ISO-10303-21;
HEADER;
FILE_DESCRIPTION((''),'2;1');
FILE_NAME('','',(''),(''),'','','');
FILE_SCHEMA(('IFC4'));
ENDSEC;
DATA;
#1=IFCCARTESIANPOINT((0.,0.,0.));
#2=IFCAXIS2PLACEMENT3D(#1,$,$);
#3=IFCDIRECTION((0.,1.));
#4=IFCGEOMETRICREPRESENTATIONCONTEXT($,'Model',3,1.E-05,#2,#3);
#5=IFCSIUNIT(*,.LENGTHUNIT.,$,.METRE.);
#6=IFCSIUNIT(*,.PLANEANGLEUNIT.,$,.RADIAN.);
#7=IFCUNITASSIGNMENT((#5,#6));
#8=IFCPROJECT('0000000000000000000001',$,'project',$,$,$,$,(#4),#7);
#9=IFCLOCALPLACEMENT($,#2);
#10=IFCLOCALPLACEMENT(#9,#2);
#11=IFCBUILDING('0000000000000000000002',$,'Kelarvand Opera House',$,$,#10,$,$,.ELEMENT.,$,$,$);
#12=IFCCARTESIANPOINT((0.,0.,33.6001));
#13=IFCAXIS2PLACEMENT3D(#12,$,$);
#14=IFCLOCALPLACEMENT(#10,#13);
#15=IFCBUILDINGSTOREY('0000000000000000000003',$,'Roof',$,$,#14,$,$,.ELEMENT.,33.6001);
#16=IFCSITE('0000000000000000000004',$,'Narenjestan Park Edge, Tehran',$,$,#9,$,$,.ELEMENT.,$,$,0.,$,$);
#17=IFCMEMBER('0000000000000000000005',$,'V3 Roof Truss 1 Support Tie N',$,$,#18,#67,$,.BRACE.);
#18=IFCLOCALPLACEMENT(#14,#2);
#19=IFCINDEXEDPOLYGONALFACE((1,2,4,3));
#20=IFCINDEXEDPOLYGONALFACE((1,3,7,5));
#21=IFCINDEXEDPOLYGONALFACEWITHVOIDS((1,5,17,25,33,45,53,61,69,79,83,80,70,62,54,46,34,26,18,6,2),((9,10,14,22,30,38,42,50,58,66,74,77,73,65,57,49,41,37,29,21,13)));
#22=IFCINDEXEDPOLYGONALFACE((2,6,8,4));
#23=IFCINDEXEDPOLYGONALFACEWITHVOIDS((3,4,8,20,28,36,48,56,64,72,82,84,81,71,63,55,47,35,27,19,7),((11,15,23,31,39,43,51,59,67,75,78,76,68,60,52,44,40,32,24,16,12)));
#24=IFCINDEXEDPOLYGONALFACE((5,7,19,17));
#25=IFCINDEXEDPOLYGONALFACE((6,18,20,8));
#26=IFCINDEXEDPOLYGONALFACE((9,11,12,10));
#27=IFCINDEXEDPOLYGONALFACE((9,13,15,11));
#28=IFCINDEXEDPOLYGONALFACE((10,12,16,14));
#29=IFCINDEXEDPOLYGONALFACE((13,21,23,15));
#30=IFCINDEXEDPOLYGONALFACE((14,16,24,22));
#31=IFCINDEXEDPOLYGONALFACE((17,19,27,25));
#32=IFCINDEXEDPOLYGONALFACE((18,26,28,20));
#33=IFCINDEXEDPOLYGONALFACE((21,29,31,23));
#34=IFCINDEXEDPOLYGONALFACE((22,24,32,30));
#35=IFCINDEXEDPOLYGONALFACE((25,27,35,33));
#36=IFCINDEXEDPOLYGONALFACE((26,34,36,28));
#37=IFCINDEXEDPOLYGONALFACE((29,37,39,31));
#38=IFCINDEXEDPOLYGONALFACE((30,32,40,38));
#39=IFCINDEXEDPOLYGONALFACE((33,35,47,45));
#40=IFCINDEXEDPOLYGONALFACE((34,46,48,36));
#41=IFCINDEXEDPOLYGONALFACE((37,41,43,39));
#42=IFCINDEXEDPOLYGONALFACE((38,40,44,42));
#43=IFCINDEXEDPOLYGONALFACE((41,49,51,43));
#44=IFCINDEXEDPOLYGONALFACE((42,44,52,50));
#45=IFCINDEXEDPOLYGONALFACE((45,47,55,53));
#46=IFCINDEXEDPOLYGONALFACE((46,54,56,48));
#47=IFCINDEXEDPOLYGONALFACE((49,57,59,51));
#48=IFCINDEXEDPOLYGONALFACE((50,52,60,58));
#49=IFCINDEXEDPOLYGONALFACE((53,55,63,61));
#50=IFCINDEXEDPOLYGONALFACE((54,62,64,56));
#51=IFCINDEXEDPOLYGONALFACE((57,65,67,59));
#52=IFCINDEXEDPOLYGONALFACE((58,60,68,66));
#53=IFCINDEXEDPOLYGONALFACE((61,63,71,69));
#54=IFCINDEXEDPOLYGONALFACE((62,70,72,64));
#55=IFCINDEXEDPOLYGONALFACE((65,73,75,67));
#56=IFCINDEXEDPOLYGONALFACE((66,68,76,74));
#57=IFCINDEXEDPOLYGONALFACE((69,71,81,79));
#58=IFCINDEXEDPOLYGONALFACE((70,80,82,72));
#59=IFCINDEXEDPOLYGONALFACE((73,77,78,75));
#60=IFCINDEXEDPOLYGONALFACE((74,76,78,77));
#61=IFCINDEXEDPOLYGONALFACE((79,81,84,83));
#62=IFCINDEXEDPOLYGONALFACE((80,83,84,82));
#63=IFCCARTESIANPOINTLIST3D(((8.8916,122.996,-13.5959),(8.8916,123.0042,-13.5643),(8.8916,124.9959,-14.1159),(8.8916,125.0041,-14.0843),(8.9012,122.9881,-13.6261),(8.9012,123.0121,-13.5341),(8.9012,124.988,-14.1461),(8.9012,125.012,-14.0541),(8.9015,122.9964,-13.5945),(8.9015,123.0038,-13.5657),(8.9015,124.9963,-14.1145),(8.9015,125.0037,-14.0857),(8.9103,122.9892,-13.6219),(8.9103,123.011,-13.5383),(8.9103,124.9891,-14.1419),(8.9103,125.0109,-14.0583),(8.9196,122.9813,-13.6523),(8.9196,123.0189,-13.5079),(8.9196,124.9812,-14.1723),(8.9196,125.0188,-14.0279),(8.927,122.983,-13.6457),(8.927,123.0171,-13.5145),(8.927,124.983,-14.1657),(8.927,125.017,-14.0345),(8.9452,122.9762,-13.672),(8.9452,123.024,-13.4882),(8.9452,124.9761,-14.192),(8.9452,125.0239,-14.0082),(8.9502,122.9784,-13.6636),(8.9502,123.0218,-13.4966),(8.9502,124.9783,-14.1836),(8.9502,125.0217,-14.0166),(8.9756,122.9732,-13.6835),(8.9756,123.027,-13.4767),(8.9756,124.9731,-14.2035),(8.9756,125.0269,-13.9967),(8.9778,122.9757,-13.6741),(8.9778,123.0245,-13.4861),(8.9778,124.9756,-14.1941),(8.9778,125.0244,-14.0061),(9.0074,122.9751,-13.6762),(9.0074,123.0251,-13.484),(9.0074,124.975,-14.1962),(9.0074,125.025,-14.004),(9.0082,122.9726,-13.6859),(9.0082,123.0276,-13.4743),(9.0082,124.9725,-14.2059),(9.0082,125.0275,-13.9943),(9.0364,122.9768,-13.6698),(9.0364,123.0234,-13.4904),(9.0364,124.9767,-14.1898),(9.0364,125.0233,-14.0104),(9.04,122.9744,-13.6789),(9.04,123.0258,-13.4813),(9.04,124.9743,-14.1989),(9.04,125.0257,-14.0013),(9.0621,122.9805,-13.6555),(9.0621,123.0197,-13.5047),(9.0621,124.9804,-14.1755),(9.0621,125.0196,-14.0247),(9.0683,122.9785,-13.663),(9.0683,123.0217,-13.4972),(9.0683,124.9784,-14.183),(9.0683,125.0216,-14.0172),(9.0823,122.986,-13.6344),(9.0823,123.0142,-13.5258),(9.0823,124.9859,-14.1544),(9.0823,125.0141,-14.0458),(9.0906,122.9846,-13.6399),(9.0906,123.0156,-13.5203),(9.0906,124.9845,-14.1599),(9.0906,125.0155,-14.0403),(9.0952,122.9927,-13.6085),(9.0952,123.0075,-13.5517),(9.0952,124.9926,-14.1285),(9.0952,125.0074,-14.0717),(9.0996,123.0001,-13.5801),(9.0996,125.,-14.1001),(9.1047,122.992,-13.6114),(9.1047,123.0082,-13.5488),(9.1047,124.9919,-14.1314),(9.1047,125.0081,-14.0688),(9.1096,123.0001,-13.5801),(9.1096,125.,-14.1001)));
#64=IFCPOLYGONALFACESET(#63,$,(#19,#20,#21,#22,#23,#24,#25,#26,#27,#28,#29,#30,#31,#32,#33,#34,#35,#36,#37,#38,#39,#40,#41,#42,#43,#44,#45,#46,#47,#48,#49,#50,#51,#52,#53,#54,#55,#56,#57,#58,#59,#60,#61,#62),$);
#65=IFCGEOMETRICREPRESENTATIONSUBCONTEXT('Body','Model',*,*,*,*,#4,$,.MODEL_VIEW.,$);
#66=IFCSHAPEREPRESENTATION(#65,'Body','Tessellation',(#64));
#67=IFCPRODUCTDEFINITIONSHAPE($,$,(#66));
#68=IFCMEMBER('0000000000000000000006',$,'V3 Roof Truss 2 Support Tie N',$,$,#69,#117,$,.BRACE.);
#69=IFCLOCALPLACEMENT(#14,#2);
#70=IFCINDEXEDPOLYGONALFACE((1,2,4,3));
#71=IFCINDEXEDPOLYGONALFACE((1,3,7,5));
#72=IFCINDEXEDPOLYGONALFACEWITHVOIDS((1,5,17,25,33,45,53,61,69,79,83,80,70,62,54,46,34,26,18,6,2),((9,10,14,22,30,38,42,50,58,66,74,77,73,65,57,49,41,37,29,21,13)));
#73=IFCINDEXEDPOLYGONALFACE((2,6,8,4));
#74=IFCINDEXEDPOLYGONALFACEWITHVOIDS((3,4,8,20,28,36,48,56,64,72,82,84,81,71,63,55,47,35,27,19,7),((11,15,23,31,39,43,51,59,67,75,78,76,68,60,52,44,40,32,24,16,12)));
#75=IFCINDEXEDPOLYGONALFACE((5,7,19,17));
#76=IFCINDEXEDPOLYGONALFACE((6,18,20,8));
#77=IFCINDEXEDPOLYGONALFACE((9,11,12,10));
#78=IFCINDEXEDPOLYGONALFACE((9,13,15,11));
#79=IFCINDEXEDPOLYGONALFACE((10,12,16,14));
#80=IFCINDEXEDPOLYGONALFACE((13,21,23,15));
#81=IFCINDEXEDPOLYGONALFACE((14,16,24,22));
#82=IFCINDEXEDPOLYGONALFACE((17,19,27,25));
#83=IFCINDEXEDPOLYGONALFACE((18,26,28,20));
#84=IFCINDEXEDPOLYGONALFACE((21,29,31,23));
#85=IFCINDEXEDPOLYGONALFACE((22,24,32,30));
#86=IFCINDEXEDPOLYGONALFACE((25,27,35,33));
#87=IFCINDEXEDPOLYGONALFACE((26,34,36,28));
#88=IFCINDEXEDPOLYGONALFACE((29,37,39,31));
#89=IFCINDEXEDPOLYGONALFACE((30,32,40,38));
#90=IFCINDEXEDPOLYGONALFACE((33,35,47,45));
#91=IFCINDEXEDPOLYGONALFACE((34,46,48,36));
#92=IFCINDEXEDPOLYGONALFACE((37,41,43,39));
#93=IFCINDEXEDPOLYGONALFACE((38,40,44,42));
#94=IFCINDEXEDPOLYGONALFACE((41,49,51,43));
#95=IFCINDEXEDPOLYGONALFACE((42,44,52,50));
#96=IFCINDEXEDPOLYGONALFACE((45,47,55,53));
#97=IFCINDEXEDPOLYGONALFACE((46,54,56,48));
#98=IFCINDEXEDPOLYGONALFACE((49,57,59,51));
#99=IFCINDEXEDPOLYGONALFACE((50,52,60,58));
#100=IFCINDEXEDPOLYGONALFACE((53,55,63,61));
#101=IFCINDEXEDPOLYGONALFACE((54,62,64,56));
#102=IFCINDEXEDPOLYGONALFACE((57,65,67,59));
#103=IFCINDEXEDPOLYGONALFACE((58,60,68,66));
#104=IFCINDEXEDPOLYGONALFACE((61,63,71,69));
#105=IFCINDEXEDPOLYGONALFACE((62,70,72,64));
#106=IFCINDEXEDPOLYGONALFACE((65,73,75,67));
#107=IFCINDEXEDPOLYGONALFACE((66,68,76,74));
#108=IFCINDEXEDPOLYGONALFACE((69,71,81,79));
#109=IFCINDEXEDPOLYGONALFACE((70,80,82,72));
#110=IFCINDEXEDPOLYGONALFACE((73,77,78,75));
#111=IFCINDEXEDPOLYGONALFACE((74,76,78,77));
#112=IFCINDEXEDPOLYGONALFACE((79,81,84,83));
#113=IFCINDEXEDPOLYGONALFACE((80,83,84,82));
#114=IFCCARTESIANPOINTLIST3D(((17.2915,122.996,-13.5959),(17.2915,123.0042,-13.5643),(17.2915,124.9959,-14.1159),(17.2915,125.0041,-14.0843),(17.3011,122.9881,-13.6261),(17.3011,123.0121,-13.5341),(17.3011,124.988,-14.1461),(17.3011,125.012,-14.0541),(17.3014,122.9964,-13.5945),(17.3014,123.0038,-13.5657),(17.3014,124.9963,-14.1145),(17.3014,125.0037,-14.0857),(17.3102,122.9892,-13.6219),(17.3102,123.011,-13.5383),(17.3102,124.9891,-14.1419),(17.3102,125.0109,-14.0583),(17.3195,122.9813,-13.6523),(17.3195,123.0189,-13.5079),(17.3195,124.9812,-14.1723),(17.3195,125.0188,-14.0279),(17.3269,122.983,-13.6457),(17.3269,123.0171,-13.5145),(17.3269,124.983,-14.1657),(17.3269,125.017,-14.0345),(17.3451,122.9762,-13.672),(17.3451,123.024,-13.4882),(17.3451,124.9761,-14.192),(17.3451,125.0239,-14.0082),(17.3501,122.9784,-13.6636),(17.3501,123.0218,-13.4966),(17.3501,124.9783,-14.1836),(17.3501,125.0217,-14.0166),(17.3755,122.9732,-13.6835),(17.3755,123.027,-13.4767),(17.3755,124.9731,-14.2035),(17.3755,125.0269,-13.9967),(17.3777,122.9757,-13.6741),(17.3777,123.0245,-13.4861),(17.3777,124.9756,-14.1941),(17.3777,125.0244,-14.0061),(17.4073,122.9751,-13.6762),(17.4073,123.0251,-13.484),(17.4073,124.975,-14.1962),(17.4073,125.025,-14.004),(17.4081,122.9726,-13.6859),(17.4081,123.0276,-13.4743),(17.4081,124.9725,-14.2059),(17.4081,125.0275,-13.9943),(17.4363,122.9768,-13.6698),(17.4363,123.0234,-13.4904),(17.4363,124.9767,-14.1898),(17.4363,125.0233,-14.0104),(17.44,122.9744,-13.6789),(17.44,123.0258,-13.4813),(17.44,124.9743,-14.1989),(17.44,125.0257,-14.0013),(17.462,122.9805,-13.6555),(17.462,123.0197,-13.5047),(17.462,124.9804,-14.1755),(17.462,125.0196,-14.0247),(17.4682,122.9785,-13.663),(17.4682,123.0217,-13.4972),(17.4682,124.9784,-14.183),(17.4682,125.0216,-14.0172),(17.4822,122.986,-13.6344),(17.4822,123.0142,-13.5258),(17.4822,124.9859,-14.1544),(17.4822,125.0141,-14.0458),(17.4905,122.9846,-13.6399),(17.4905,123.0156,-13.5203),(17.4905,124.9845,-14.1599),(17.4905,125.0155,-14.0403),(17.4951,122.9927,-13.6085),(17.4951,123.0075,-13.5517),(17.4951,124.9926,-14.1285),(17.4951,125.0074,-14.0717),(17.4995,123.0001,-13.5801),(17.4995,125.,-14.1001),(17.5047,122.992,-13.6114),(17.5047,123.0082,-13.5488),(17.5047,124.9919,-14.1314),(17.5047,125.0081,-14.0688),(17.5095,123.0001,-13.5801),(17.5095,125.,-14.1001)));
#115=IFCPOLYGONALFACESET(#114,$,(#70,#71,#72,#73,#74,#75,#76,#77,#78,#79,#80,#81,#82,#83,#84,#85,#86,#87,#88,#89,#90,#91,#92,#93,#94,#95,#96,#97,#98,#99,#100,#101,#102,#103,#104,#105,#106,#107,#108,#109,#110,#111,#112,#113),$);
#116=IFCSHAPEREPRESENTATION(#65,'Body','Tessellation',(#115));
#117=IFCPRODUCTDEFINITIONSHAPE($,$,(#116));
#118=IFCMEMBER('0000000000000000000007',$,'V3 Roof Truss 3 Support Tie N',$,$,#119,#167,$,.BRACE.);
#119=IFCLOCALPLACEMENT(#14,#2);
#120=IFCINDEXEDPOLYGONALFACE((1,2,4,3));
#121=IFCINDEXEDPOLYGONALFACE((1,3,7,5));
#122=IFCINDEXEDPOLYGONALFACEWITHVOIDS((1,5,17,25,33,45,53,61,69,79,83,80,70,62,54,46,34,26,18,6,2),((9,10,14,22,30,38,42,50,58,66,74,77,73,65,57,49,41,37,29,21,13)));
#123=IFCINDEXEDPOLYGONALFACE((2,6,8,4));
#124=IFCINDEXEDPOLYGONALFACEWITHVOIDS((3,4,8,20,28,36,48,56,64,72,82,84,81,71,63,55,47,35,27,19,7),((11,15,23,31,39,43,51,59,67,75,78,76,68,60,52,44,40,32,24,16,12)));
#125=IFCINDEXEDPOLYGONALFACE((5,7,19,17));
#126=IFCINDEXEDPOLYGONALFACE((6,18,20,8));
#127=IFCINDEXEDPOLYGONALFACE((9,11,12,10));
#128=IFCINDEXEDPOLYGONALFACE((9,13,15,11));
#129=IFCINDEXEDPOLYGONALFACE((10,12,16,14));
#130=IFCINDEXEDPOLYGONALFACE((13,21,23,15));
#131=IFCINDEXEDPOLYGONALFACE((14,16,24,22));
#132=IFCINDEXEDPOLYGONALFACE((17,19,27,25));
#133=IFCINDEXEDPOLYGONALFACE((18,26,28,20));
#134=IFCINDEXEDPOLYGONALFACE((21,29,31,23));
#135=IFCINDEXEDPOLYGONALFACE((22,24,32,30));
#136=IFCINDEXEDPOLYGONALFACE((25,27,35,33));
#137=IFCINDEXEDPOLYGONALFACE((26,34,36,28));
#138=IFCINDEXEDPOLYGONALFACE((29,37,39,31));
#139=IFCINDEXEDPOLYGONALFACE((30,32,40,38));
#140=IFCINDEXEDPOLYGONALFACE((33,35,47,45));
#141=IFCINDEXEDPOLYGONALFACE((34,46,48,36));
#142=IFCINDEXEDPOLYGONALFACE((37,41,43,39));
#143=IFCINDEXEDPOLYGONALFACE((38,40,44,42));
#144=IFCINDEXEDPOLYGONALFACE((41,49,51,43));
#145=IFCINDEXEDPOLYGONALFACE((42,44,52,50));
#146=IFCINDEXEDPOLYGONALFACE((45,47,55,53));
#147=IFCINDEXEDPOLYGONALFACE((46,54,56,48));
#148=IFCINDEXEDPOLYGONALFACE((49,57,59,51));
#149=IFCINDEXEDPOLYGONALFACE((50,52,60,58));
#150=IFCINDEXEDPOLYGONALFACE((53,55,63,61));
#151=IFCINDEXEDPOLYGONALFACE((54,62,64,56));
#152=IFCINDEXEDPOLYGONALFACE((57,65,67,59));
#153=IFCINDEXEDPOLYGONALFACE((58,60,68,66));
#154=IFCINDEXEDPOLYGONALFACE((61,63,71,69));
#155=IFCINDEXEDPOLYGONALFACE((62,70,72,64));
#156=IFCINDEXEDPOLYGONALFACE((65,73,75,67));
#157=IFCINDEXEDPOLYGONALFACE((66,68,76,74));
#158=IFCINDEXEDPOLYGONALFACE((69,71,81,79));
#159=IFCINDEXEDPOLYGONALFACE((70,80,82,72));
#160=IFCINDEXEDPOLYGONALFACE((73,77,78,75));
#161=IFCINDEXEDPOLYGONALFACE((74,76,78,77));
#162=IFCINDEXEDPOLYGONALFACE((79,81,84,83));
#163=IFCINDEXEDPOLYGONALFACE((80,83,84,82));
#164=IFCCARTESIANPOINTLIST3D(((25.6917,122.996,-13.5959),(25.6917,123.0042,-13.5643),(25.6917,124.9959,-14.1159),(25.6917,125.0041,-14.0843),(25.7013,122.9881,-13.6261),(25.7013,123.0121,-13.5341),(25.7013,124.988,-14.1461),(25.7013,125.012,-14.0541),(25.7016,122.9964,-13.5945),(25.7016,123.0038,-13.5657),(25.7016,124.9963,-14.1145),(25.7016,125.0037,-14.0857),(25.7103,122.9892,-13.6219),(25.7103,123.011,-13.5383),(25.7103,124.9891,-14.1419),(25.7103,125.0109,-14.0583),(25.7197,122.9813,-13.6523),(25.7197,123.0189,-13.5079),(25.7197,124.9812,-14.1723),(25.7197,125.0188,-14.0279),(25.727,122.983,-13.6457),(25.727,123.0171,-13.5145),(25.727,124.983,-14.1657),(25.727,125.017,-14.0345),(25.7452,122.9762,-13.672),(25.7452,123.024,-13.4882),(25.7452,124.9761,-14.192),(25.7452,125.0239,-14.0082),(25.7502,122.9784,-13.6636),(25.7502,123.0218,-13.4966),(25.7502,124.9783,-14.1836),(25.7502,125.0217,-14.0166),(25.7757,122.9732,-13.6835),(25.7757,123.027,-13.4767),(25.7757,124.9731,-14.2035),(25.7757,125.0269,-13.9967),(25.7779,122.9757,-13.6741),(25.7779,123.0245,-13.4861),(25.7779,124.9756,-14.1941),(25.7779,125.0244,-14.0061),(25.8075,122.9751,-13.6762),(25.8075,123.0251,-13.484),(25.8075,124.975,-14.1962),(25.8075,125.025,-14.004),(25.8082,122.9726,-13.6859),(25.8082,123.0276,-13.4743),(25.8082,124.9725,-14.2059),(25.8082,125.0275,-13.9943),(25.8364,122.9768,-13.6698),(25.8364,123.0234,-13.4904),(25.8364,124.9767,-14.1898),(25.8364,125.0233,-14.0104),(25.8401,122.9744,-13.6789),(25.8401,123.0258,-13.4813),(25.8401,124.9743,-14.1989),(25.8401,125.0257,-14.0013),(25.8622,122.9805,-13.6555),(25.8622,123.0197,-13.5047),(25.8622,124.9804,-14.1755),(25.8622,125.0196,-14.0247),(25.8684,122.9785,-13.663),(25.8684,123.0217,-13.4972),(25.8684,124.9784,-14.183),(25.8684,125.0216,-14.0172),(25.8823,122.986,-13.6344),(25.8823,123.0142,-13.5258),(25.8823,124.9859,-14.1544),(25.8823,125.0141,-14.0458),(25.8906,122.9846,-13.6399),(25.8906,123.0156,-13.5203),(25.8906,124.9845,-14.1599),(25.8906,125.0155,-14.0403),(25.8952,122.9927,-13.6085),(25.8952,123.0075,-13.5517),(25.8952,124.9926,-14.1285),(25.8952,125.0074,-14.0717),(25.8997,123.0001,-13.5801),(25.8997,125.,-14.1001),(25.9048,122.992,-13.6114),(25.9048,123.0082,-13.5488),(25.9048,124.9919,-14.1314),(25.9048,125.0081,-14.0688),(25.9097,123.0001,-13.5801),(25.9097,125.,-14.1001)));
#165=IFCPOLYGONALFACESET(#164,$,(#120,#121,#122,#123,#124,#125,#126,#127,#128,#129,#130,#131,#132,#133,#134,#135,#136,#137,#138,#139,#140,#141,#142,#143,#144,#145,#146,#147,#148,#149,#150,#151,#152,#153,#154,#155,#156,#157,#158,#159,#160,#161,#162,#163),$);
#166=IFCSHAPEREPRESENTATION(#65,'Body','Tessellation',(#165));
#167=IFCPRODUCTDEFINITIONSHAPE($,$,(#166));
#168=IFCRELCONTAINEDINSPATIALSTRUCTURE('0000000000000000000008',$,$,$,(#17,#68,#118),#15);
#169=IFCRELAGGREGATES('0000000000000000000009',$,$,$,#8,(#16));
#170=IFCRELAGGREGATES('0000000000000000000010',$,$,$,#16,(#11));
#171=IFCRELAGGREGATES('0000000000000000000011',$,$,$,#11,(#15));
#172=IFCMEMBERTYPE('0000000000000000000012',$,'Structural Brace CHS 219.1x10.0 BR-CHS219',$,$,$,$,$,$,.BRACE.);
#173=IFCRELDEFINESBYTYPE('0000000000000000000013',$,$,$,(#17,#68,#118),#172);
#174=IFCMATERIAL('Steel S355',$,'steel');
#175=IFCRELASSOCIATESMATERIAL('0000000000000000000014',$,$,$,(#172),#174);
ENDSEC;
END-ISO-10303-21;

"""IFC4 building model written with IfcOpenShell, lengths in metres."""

from ifc_helpers import new_model, si_unit, direction, frame, origin, origin_2d, place, context, subcontext, project, spatial, hollow_circle, extrude, material, material_profile, profile_set, type_object, element, save


model = new_model("IFC4")

# Units and contexts
model_context = context("Model", 3, precision=1e-05, world=origin(), true_north=direction((0.0, 1.0)))
body_context = subcontext(model_context, "Body", "Model", "MODEL_VIEW")
ifc_project = project(units=[si_unit("LENGTHUNIT", "METRE"), si_unit("PLANEANGLEUNIT", "RADIAN")], contexts=[model_context])

# Site, building, storey
site_placement = place(None, origin())
site = spatial("IfcSite", under=ifc_project, at=site_placement, Name="Narenjestan Park Edge, Tehran", CompositionType="ELEMENT", RefElevation=0.0)
building_placement = place(site_placement, origin())
building = spatial("IfcBuilding", under=site, at=building_placement, Name="Kelarvand Opera House", CompositionType="ELEMENT")
storey_placement = place(building_placement, frame((0.0, 0.0, 33.6001)))
storey = spatial("IfcBuildingStorey", under=building, at=storey_placement, Name="Roof", CompositionType="ELEMENT", Elevation=33.6001)

# Members
ifc_material = material(Name="Steel S355", Category="steel")
ifc_material_profile_1 = material_profile(ifc_material, hollow_circle(Radius=0.1096, WallThickness=0.01, at=origin_2d()), Name="CHS 219.1x10.0", Category="steel")
ifc_profile_set_1 = profile_set([ifc_material_profile_1], Name="Steel S355")
member_type_1 = type_object("IfcMemberType", Name="Structural Brace CHS 219.1x10.0 BR-CHS219", PredefinedType="BRACE", material=ifc_profile_set_1)
for number, where, z_axis, x_axis, name in (
    (1, (9.0, 125.0, -14.1001), (0.0, -0.96782, 0.251643), (1.0, 0.0, 0.0), "V3 Roof Truss 1 Support Tie N"),
    (2, (17.3999, 125.0, -14.1001), (0.0, -0.96782, 0.251643), (1.0, 0.0, 0.0), "V3 Roof Truss 2 Support Tie N"),
    (3, (25.8, 125.0, -14.1001), (0.0, -0.96782, 0.251643), (1.0, 0.0, 0.0), "V3 Roof Truss 3 Support Tie N"),
):
    element("IfcMember", number, at=place(storey_placement, frame(where, z_axis=z_axis, x_axis=x_axis)), inside=storey, type_object=member_type_1, Name=name, PredefinedType="BRACE", context=body_context, shape_type="SweptSolid", body=[
        extrude(hollow_circle(Radius=0.1096, WallThickness=0.01, at=origin_2d()), origin(), (0.0, 0.0, 1.0), 2.0664),
    ])

save(model, "model.ifc")
